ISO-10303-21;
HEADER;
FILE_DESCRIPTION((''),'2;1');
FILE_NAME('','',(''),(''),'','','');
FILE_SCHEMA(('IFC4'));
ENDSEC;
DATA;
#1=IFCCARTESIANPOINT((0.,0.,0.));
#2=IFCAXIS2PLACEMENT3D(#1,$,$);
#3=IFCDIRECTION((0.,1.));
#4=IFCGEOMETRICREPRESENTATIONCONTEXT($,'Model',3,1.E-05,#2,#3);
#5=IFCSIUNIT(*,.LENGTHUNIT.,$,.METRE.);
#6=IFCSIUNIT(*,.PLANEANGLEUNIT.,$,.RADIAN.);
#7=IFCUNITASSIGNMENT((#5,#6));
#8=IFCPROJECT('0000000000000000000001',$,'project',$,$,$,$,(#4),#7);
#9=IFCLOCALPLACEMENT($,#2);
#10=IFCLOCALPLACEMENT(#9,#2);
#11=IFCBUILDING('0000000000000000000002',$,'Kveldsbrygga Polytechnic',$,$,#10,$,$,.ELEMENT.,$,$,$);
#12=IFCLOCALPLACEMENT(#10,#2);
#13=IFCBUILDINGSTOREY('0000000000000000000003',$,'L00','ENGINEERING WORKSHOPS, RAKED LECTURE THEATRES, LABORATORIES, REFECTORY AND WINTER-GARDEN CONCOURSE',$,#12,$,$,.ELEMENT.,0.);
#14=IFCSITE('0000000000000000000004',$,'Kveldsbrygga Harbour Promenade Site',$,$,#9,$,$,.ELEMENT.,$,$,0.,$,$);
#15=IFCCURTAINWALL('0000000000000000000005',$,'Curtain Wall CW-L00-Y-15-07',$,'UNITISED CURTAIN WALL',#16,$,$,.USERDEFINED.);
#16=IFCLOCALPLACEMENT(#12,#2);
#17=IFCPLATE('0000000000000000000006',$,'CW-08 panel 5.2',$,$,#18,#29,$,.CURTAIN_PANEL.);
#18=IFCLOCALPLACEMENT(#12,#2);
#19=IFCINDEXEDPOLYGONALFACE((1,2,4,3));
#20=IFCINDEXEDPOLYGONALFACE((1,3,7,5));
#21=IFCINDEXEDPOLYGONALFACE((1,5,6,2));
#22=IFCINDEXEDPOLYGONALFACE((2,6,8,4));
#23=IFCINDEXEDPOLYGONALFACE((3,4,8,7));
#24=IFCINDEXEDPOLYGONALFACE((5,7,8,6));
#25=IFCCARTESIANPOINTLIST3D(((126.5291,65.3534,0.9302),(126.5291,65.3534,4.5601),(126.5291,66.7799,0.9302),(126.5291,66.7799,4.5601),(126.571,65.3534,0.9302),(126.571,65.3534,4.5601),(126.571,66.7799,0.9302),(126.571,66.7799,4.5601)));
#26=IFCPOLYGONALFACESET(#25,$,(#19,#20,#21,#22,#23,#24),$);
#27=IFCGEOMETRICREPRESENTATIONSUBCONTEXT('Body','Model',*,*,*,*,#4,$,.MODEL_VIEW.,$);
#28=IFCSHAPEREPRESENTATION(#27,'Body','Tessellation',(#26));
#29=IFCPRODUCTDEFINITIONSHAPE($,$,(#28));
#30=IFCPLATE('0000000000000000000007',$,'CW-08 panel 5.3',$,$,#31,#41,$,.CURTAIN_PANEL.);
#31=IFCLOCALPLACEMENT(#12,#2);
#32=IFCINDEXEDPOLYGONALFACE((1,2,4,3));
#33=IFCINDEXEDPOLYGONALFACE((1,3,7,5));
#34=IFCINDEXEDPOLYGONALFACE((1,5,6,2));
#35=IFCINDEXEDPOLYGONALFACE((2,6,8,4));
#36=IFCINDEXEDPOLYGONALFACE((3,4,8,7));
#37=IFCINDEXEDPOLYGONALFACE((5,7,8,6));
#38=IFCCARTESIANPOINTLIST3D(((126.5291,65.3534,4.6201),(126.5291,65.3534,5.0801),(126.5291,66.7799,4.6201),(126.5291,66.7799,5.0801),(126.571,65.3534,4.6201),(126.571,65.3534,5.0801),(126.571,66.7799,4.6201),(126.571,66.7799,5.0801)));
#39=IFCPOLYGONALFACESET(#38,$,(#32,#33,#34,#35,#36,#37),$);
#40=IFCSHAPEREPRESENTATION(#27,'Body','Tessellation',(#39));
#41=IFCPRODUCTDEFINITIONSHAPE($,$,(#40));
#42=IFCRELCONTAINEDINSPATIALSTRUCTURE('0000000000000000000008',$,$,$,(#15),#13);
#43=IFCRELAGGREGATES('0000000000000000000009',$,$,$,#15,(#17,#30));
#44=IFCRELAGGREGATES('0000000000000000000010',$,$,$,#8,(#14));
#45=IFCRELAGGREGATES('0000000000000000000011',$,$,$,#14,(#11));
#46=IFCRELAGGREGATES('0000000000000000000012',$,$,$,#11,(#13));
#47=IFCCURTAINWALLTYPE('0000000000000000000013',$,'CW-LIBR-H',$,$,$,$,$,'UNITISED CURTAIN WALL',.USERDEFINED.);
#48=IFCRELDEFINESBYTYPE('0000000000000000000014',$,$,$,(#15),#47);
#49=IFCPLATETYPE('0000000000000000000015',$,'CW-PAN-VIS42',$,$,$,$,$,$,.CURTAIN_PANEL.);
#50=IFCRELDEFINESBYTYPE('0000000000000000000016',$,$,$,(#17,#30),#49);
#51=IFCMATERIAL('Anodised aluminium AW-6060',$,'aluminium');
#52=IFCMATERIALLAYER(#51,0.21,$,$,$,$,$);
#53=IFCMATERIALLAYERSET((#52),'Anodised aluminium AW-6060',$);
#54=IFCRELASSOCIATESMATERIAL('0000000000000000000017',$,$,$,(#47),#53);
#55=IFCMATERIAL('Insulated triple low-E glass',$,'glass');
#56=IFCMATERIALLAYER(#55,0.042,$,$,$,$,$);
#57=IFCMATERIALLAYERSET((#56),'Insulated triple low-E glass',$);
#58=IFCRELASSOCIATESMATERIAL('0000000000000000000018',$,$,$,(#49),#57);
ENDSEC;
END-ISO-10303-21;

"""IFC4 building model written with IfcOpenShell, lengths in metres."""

from ifc_helpers import new_model, si_unit, direction, frame, origin, origin_2d, place, context, subcontext, project, spatial, rectangle, extrude, material, layer, layer_set, type_object, element, aggregate, save


model = new_model("IFC4")

# Units and contexts
model_context = context("Model", 3, precision=1e-05, world=origin(), true_north=direction((0.0, 1.0)))
body_context = subcontext(model_context, "Body", "Model", "MODEL_VIEW")
ifc_project = project(units=[si_unit("LENGTHUNIT", "METRE"), si_unit("PLANEANGLEUNIT", "RADIAN")], contexts=[model_context])

# Site, building, storey
site_placement = place(None, origin())
site = spatial("IfcSite", under=ifc_project, at=site_placement, Name="Kveldsbrygga Harbour Promenade Site", CompositionType="ELEMENT", RefElevation=0.0)
building_placement = place(site_placement, origin())
building = spatial("IfcBuilding", under=site, at=building_placement, Name="Kveldsbrygga Polytechnic", CompositionType="ELEMENT")
storey_placement = place(building_placement, origin())
storey = spatial("IfcBuildingStorey", under=building, at=storey_placement, Name="L00", Description="ENGINEERING WORKSHOPS, RAKED LECTURE THEATRES, LABORATORIES, REFECTORY AND WINTER-GARDEN CONCOURSE", CompositionType="ELEMENT", Elevation=0.0)

# Curtain wall, plates
ifc_material_1 = material(Name="Anodised aluminium AW-6060", Category="aluminium")
ifc_layer_1 = layer(ifc_material_1, 0.21)
ifc_layer_set_1 = layer_set([ifc_layer_1], Name="Anodised aluminium AW-6060")
curtain_wall_type = type_object("IfcCurtainWallType", Name="CW-LIBR-H", ElementType="UNITISED CURTAIN WALL", PredefinedType="USERDEFINED", material=ifc_layer_set_1)
curtain_wall_placement = place(storey_placement, origin())
curtain_wall = element("IfcCurtainWall", 1, at=curtain_wall_placement, inside=storey, type_object=curtain_wall_type, Name="Curtain Wall CW-L00-Y-15-07", ObjectType="UNITISED CURTAIN WALL", PredefinedType="USERDEFINED")
ifc_material_2 = material(Name="Insulated triple low-E glass", Category="glass")
ifc_layer_2 = layer(ifc_material_2, 0.042)
ifc_layer_set_2 = layer_set([ifc_layer_2], Name="Insulated triple low-E glass")
plate_type = type_object("IfcPlateType", Name="CW-PAN-VIS42", PredefinedType="CURTAIN_PANEL", material=ifc_layer_set_2)
plate_1_placement = place(storey_placement, frame((126.55, 66.0667, 0.9302), z_axis=(0.0, 0.0, 1.0), x_axis=(0.0, 1.0, 0.0)))
plate_1 = element("IfcPlate", 2, at=plate_1_placement, type_object=plate_type, Name="CW-08 panel 5.2", PredefinedType="CURTAIN_PANEL", context=body_context, shape_type="SweptSolid", body=[
    extrude(rectangle(XDim=1.4265, YDim=0.042, at=origin_2d()), origin(), (0.0, 0.0, 1.0), 3.6299),
])
plate_2_placement = place(storey_placement, frame((126.55, 66.0667, 4.6201), z_axis=(0.0, 0.0, 1.0), x_axis=(0.0, 1.0, 0.0)))
plate_2 = element("IfcPlate", 3, at=plate_2_placement, type_object=plate_type, Name="CW-08 panel 5.3", PredefinedType="CURTAIN_PANEL", context=body_context, shape_type="SweptSolid", body=[
    extrude(rectangle(XDim=1.4265, YDim=0.042, at=origin_2d()), origin(), (0.0, 0.0, 1.0), 0.46),
])
aggregate(curtain_wall, [plate_1, plate_2])

save(model, "model.ifc")
